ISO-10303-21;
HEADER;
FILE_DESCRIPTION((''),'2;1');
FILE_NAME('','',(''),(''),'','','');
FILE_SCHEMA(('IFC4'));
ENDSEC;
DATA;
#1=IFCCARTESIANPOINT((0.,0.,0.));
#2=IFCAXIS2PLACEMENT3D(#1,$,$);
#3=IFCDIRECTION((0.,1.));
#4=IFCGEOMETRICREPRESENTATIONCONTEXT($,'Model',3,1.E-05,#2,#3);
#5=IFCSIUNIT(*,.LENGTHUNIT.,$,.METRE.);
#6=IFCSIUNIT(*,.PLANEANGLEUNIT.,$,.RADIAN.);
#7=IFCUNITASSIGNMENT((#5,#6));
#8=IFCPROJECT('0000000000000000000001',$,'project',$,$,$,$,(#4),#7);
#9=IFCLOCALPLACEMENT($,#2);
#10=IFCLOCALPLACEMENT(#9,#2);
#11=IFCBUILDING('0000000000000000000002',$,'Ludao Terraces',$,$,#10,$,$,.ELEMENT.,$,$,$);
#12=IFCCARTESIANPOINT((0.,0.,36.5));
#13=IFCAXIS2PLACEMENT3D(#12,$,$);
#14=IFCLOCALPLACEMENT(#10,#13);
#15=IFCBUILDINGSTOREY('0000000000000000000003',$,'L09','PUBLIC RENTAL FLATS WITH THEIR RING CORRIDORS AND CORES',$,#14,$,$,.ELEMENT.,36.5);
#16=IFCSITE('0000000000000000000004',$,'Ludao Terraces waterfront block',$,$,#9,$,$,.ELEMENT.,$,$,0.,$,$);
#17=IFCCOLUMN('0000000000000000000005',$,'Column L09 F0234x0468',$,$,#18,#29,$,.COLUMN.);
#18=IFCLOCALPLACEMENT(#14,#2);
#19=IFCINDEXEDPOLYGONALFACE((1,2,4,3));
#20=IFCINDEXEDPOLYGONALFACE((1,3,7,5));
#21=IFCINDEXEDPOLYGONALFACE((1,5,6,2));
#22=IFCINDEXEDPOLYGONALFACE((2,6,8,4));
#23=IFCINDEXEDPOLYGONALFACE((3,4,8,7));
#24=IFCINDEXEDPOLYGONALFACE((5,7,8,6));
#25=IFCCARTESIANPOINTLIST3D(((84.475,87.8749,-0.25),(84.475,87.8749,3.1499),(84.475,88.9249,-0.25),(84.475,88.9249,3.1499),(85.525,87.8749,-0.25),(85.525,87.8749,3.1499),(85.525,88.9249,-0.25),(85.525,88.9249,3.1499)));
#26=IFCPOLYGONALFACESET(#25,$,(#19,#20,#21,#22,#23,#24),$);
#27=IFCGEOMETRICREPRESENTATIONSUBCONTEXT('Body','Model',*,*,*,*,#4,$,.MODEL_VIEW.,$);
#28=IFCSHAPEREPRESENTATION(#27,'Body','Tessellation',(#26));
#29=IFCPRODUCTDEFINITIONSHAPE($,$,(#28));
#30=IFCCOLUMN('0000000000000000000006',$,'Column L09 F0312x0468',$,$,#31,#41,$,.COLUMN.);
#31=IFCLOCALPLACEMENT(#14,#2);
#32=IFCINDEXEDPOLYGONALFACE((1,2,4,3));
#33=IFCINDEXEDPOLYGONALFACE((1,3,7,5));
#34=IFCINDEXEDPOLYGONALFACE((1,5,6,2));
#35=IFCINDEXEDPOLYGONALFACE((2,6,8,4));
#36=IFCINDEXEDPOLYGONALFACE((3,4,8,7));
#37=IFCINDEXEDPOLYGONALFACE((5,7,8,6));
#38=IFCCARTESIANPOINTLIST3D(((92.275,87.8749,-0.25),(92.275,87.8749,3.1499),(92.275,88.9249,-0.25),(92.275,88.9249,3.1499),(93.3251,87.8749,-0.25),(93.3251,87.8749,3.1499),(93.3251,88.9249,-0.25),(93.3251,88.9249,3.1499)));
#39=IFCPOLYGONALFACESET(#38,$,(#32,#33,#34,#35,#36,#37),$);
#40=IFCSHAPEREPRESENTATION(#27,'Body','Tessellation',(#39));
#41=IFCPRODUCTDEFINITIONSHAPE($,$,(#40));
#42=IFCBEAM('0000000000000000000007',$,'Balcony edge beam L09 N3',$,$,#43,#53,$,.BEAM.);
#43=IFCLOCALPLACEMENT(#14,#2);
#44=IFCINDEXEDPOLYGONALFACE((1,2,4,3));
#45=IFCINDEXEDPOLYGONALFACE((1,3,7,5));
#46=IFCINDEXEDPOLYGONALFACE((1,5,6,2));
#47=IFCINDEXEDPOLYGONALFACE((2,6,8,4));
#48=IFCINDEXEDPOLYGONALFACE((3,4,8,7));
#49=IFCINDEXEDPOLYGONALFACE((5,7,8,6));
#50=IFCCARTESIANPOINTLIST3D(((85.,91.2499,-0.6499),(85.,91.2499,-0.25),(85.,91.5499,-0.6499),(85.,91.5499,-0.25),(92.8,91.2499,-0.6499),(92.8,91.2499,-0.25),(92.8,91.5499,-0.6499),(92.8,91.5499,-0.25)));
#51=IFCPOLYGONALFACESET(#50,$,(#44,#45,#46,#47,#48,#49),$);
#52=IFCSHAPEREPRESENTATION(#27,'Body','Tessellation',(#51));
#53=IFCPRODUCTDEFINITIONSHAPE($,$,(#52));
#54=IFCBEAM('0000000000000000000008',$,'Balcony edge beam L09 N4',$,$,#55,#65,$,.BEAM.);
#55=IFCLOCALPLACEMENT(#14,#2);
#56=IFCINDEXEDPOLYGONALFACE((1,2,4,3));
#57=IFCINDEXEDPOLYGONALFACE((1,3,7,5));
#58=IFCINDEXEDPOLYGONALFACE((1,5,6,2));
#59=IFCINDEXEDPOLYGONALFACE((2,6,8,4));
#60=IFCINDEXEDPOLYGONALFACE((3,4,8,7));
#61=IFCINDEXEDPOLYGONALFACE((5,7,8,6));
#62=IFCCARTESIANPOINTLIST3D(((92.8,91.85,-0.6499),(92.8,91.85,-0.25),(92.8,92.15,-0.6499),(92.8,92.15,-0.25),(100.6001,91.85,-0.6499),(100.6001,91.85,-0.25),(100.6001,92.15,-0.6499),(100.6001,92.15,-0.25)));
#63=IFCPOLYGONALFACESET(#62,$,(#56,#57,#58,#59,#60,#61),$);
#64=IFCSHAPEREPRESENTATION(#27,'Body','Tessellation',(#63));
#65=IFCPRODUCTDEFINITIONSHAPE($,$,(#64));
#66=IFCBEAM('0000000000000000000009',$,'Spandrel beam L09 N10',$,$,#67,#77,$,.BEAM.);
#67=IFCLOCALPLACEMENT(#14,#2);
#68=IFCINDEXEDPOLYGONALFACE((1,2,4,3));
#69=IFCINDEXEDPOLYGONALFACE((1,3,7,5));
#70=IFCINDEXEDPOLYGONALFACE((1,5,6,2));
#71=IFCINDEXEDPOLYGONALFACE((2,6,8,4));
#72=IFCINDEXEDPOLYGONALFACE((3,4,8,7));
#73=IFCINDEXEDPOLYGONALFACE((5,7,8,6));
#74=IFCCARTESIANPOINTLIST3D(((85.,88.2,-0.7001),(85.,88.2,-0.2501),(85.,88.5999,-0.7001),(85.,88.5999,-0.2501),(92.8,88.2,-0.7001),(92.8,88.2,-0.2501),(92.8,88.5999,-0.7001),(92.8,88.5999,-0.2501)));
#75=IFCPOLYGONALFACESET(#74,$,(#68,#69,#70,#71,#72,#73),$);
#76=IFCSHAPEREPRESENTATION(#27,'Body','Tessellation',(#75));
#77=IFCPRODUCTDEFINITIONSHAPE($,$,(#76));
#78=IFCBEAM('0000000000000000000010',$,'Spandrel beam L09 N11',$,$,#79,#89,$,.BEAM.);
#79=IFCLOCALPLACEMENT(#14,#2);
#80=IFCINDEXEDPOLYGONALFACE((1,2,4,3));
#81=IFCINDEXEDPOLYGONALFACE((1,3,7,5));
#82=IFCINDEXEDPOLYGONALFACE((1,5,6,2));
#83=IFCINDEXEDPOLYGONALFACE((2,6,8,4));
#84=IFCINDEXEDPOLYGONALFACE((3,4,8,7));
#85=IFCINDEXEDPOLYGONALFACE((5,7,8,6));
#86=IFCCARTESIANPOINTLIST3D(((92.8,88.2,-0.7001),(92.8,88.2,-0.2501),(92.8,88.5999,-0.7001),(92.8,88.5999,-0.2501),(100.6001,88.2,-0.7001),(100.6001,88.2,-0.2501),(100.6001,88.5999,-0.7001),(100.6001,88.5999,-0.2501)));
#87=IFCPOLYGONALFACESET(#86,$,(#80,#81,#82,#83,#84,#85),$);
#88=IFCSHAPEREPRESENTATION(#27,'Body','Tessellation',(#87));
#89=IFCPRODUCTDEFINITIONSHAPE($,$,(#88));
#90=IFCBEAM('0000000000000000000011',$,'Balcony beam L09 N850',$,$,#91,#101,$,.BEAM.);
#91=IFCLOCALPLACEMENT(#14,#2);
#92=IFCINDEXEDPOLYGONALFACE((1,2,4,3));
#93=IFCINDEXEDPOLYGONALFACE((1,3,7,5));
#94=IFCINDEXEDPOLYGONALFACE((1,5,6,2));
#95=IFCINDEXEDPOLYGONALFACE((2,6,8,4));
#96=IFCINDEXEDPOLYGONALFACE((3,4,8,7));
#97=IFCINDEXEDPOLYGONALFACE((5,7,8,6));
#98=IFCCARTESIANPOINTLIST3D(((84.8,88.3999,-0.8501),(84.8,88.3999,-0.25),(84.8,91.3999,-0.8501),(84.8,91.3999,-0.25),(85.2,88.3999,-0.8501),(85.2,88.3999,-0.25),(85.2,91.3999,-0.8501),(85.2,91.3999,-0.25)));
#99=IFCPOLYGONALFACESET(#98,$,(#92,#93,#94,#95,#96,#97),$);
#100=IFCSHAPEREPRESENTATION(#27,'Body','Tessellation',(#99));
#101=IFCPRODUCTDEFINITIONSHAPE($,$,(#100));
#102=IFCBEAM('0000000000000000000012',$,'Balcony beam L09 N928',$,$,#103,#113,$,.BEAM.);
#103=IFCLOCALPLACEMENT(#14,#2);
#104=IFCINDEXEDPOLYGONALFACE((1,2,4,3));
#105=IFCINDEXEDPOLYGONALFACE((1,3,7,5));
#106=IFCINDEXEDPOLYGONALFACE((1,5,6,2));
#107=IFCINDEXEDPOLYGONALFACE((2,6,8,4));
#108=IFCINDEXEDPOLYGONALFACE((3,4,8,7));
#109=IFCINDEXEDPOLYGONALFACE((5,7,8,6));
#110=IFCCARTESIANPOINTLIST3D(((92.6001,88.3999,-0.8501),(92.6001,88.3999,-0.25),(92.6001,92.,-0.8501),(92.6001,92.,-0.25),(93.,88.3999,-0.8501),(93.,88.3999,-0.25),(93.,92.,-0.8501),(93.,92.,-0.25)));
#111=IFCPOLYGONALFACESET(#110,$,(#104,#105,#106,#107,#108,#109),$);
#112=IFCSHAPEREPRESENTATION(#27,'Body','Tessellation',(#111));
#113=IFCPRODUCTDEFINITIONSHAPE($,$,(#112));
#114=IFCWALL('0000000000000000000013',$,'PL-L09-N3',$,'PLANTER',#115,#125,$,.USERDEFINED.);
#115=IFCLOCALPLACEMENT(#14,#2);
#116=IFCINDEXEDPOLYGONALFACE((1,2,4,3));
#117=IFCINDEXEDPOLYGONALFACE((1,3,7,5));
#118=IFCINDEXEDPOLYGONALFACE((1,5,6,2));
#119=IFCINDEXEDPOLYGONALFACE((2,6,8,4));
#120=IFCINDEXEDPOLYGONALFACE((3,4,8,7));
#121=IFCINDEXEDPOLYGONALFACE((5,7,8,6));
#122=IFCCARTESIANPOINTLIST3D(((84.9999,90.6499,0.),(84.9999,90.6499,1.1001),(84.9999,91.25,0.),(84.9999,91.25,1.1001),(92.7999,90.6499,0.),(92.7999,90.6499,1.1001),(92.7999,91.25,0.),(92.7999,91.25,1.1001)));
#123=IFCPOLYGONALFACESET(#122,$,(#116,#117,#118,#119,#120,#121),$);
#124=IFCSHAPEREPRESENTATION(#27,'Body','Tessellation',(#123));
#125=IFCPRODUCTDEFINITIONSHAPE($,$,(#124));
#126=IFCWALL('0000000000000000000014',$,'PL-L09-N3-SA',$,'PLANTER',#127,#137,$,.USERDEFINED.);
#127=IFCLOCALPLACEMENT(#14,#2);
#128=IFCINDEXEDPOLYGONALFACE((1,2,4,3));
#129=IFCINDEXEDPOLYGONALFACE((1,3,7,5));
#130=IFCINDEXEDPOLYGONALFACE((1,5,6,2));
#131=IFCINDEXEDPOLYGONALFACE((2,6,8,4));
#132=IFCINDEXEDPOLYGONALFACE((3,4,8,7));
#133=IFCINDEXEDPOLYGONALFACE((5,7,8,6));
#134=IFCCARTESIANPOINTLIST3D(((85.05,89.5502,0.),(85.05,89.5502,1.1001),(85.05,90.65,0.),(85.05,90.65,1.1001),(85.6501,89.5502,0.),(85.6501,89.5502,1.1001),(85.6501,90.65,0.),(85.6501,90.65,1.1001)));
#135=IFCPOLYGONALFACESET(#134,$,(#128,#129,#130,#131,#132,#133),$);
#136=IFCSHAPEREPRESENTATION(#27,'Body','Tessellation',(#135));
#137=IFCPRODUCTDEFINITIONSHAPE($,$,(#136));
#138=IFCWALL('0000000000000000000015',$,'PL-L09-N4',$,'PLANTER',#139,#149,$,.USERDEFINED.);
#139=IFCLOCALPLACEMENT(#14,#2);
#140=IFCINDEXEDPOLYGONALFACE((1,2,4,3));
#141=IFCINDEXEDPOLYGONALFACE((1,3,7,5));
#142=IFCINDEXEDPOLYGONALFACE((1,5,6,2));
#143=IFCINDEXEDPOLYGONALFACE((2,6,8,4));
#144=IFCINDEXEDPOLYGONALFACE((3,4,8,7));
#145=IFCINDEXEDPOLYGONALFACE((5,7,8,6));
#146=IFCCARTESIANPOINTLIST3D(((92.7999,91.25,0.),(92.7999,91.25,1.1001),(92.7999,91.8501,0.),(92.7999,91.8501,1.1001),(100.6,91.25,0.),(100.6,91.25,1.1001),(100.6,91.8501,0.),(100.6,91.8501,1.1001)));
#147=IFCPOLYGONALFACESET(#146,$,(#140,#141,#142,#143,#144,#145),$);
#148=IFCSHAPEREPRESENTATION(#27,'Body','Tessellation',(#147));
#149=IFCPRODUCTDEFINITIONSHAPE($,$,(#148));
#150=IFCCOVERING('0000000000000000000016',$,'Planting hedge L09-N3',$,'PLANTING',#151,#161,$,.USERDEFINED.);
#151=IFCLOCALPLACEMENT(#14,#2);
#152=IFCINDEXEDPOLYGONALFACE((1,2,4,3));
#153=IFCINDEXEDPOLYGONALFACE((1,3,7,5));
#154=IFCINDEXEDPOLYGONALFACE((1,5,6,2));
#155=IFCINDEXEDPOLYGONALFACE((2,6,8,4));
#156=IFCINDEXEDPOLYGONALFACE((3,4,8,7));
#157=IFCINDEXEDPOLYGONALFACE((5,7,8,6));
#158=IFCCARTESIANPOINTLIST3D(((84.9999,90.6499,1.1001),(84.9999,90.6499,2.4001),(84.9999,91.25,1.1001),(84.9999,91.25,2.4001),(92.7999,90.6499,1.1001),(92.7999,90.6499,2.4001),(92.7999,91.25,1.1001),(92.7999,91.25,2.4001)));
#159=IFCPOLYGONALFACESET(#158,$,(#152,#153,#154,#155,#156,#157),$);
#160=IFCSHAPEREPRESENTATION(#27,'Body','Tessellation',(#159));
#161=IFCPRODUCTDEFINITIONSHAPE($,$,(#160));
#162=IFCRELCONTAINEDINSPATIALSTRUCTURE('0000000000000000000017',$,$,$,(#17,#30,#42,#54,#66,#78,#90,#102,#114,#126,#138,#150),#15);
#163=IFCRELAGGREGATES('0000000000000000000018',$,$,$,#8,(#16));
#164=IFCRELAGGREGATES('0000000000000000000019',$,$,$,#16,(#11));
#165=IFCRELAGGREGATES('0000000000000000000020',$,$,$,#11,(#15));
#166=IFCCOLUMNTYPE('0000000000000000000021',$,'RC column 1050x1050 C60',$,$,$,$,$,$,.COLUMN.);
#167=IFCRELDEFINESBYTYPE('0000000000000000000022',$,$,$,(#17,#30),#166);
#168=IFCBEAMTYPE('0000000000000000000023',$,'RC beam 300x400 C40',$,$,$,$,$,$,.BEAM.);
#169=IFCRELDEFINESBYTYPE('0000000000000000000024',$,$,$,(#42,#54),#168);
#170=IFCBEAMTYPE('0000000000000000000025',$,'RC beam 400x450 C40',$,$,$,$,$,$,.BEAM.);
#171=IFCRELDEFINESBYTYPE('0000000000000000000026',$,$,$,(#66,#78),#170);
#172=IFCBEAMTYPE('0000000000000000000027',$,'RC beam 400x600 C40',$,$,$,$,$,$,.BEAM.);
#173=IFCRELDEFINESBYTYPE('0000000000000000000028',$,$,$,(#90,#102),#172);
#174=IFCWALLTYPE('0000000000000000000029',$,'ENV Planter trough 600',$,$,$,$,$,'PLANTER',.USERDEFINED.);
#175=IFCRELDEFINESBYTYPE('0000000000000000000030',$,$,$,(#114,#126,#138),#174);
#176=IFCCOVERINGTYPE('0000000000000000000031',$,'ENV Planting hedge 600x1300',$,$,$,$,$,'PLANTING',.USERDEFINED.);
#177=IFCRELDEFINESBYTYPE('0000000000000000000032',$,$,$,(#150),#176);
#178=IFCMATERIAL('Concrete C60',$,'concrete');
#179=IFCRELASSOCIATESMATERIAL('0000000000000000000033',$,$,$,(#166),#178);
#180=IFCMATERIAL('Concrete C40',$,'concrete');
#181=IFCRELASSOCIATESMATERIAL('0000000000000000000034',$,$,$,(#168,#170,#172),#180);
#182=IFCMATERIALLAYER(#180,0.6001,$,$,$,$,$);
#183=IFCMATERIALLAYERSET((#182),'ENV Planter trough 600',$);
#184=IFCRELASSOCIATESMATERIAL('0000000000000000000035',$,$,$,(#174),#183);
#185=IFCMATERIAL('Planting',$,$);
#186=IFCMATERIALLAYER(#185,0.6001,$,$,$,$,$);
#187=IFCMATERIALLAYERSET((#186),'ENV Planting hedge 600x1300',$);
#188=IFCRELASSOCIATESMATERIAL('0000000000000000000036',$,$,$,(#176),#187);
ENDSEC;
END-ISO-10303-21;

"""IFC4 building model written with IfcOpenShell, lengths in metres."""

from ifc_helpers import new_model, si_unit, direction, frame, frame_2d, origin, origin_2d, place, context, subcontext, project, spatial, rectangle, extrude, material, layer, layer_set, material_profile, profile_set, type_object, element, save


model = new_model("IFC4")

# Units and contexts
model_context = context("Model", 3, precision=1e-05, world=origin(), true_north=direction((0.0, 1.0)))
body_context = subcontext(model_context, "Body", "Model", "MODEL_VIEW")
ifc_project = project(units=[si_unit("LENGTHUNIT", "METRE"), si_unit("PLANEANGLEUNIT", "RADIAN")], contexts=[model_context])

# Site, building, storey
site_placement = place(None, origin())
site = spatial("IfcSite", under=ifc_project, at=site_placement, Name="Ludao Terraces waterfront block", CompositionType="ELEMENT", RefElevation=0.0)
building_placement = place(site_placement, origin())
building = spatial("IfcBuilding", under=site, at=building_placement, Name="Ludao Terraces", CompositionType="ELEMENT")
storey_placement = place(building_placement, frame((0.0, 0.0, 36.5)))
storey = spatial("IfcBuildingStorey", under=building, at=storey_placement, Name="L09", Description="PUBLIC RENTAL FLATS WITH THEIR RING CORRIDORS AND CORES", CompositionType="ELEMENT", Elevation=36.5)

# Columns
ifc_material_1 = material(Name="Concrete C60", Category="concrete")
ifc_material_profile_1 = material_profile(ifc_material_1, rectangle(XDim=1.05, YDim=1.05, at=origin_2d()), Name="1050 X 1050")
ifc_profile_set_1 = profile_set([ifc_material_profile_1], Name="Concrete C60")
column_type = type_object("IfcColumnType", Name="RC column 1050x1050 C60", PredefinedType="COLUMN", material=ifc_profile_set_1)
for number, where, z_axis, x_axis, name in (
    (1, (85.0, 88.3999, -0.25), (0.0, 0.0, 1.0), (1.0, 0.0, 0.0), "Column L09 F0234x0468"),
    (2, (92.8, 88.3999, -0.25), (0.0, 0.0, 1.0), (1.0, 0.0, 0.0), "Column L09 F0312x0468"),
):
    element("IfcColumn", number, at=place(storey_placement, frame(where, z_axis=z_axis, x_axis=x_axis)), inside=storey, type_object=column_type, Name=name, PredefinedType="COLUMN", context=body_context, shape_type="SweptSolid", body=[
        extrude(rectangle(XDim=1.05, YDim=1.05, at=origin_2d()), origin(), (0.0, 0.0, 1.0), 3.3999),
    ])

# Beams
ifc_material_2 = material(Name="Concrete C40", Category="concrete")
ifc_material_profile_2 = material_profile(ifc_material_2, rectangle(XDim=0.3, YDim=0.3999, at=origin_2d()), Name="300 X 400")
ifc_profile_set_2 = profile_set([ifc_material_profile_2], Name="Concrete C40")
beam_type_1 = type_object("IfcBeamType", Name="RC beam 300x400 C40", PredefinedType="BEAM", material=ifc_profile_set_2)
for number, where, z_axis, x_axis, name in (
    (3, (85.0, 91.3999, -0.45), (1.0, 0.0, 0.0), (0.0, 1.0, 0.0), "Balcony edge beam L09 N3"),
    (4, (92.8, 92.0, -0.45), (1.0, 0.0, 0.0), (0.0, 1.0, 0.0), "Balcony edge beam L09 N4"),
):
    element("IfcBeam", number, at=place(storey_placement, frame(where, z_axis=z_axis, x_axis=x_axis)), inside=storey, type_object=beam_type_1, Name=name, PredefinedType="BEAM", context=body_context, shape_type="SweptSolid", body=[
        extrude(rectangle(XDim=0.3, YDim=0.3999, at=origin_2d()), origin(), (0.0, 0.0, 1.0), 7.8),
    ])
ifc_material_profile_3 = material_profile(ifc_material_2, rectangle(XDim=0.3999, YDim=0.45, at=origin_2d()), Name="400 X 450")
ifc_profile_set_3 = profile_set([ifc_material_profile_3], Name="Concrete C40")
beam_type_2 = type_object("IfcBeamType", Name="RC beam 400x450 C40", PredefinedType="BEAM", material=ifc_profile_set_3)
for number, where, z_axis, x_axis, name in (
    (5, (85.0, 88.3999, -0.4751), (1.0, 0.0, 0.0), (0.0, 1.0, 0.0), "Spandrel beam L09 N10"),
    (6, (92.8, 88.3999, -0.4751), (1.0, 0.0, 0.0), (0.0, 1.0, 0.0), "Spandrel beam L09 N11"),
):
    element("IfcBeam", number, at=place(storey_placement, frame(where, z_axis=z_axis, x_axis=x_axis)), inside=storey, type_object=beam_type_2, Name=name, PredefinedType="BEAM", context=body_context, shape_type="SweptSolid", body=[
        extrude(rectangle(XDim=0.3999, YDim=0.45, at=origin_2d()), origin(), (0.0, 0.0, 1.0), 7.8),
    ])
ifc_material_profile_4 = material_profile(ifc_material_2, rectangle(XDim=0.3999, YDim=0.6001, at=origin_2d()), Name="400 X 600")
ifc_profile_set_4 = profile_set([ifc_material_profile_4], Name="Concrete C40")
beam_type_3 = type_object("IfcBeamType", Name="RC beam 400x600 C40", PredefinedType="BEAM", material=ifc_profile_set_4)
beam_1_placement = place(storey_placement, frame((85.0, 88.3999, -0.55), z_axis=(0.0, 1.0, 0.0), x_axis=(-1.0, 0.0, 0.0)))
element("IfcBeam", 7, at=beam_1_placement, inside=storey, type_object=beam_type_3, Name="Balcony beam L09 N850", PredefinedType="BEAM", context=body_context, shape_type="SweptSolid", body=[
    extrude(rectangle(XDim=0.3999, YDim=0.6001, at=origin_2d()), origin(), (0.0, 0.0, 1.0), 3.0),
])
beam_2_placement = place(storey_placement, frame((92.8, 88.3999, -0.55), z_axis=(0.0, 1.0, 0.0), x_axis=(-1.0, 0.0, 0.0)))
element("IfcBeam", 8, at=beam_2_placement, inside=storey, type_object=beam_type_3, Name="Balcony beam L09 N928", PredefinedType="BEAM", context=body_context, shape_type="SweptSolid", body=[
    extrude(rectangle(XDim=0.3999, YDim=0.6001, at=origin_2d()), origin(), (0.0, 0.0, 1.0), 3.6001),
])

# Walls
ifc_layer_1 = layer(ifc_material_2, 0.6001)
ifc_layer_set_1 = layer_set([ifc_layer_1], Name="ENV Planter trough 600")
wall_type = type_object("IfcWallType", Name="ENV Planter trough 600", ElementType="PLANTER", PredefinedType="USERDEFINED", material=ifc_layer_set_1)
wall_1_placement = place(storey_placement, frame((85.0, 90.95, 0.0), z_axis=(0.0, 0.0, 1.0), x_axis=(1.0, 0.0, 0.0)))
element("IfcWall", 9, at=wall_1_placement, inside=storey, type_object=wall_type, Name="PL-L09-N3", ObjectType="PLANTER", PredefinedType="USERDEFINED", context=body_context, shape_type="SweptSolid", body=[
    extrude(rectangle(XDim=7.8, YDim=0.6001, at=frame_2d((3.8999, 0.0))), origin(), (0.0, 0.0, 1.0), 1.1001),
])
wall_2_placement = place(storey_placement, frame((85.3501, 90.6499, 0.0), z_axis=(0.0, 0.0, 1.0), x_axis=(0.0, -1.0, 0.0)))
element("IfcWall", 10, at=wall_2_placement, inside=storey, type_object=wall_type, Name="PL-L09-N3-SA", ObjectType="PLANTER", PredefinedType="USERDEFINED", context=body_context, shape_type="SweptSolid", body=[
    extrude(rectangle(XDim=1.0999, YDim=0.6001, at=frame_2d((0.5498, 0.0))), origin(), (0.0, 0.0, 1.0), 1.1001),
])
wall_3_placement = place(storey_placement, frame((92.8, 91.55, 0.0), z_axis=(0.0, 0.0, 1.0), x_axis=(1.0, 0.0, 0.0)))
element("IfcWall", 11, at=wall_3_placement, inside=storey, type_object=wall_type, Name="PL-L09-N4", ObjectType="PLANTER", PredefinedType="USERDEFINED", context=body_context, shape_type="SweptSolid", body=[
    extrude(rectangle(XDim=7.8, YDim=0.6001, at=frame_2d((3.8999, 0.0))), origin(), (0.0, 0.0, 1.0), 1.1001),
])

# Covering
ifc_material_3 = material(Name="Planting")
ifc_layer_2 = layer(ifc_material_3, 0.6001)
ifc_layer_set_2 = layer_set([ifc_layer_2], Name="ENV Planting hedge 600x1300")
covering_type = type_object("IfcCoveringType", Name="ENV Planting hedge 600x1300", ElementType="PLANTING", PredefinedType="USERDEFINED", material=ifc_layer_set_2)
covering_placement = place(storey_placement, frame((88.8999, 90.95, 1.1001), z_axis=(0.0, 0.0, 1.0), x_axis=(1.0, 0.0, 0.0)))
element("IfcCovering", 12, at=covering_placement, inside=storey, type_object=covering_type, Name="Planting hedge L09-N3", ObjectType="PLANTING", PredefinedType="USERDEFINED", context=body_context, shape_type="SweptSolid", body=[
    extrude(rectangle(XDim=7.8, YDim=0.6001, at=origin_2d()), origin(), (0.0, 0.0, 1.0), 1.3),
])

save(model, "model.ifc")
